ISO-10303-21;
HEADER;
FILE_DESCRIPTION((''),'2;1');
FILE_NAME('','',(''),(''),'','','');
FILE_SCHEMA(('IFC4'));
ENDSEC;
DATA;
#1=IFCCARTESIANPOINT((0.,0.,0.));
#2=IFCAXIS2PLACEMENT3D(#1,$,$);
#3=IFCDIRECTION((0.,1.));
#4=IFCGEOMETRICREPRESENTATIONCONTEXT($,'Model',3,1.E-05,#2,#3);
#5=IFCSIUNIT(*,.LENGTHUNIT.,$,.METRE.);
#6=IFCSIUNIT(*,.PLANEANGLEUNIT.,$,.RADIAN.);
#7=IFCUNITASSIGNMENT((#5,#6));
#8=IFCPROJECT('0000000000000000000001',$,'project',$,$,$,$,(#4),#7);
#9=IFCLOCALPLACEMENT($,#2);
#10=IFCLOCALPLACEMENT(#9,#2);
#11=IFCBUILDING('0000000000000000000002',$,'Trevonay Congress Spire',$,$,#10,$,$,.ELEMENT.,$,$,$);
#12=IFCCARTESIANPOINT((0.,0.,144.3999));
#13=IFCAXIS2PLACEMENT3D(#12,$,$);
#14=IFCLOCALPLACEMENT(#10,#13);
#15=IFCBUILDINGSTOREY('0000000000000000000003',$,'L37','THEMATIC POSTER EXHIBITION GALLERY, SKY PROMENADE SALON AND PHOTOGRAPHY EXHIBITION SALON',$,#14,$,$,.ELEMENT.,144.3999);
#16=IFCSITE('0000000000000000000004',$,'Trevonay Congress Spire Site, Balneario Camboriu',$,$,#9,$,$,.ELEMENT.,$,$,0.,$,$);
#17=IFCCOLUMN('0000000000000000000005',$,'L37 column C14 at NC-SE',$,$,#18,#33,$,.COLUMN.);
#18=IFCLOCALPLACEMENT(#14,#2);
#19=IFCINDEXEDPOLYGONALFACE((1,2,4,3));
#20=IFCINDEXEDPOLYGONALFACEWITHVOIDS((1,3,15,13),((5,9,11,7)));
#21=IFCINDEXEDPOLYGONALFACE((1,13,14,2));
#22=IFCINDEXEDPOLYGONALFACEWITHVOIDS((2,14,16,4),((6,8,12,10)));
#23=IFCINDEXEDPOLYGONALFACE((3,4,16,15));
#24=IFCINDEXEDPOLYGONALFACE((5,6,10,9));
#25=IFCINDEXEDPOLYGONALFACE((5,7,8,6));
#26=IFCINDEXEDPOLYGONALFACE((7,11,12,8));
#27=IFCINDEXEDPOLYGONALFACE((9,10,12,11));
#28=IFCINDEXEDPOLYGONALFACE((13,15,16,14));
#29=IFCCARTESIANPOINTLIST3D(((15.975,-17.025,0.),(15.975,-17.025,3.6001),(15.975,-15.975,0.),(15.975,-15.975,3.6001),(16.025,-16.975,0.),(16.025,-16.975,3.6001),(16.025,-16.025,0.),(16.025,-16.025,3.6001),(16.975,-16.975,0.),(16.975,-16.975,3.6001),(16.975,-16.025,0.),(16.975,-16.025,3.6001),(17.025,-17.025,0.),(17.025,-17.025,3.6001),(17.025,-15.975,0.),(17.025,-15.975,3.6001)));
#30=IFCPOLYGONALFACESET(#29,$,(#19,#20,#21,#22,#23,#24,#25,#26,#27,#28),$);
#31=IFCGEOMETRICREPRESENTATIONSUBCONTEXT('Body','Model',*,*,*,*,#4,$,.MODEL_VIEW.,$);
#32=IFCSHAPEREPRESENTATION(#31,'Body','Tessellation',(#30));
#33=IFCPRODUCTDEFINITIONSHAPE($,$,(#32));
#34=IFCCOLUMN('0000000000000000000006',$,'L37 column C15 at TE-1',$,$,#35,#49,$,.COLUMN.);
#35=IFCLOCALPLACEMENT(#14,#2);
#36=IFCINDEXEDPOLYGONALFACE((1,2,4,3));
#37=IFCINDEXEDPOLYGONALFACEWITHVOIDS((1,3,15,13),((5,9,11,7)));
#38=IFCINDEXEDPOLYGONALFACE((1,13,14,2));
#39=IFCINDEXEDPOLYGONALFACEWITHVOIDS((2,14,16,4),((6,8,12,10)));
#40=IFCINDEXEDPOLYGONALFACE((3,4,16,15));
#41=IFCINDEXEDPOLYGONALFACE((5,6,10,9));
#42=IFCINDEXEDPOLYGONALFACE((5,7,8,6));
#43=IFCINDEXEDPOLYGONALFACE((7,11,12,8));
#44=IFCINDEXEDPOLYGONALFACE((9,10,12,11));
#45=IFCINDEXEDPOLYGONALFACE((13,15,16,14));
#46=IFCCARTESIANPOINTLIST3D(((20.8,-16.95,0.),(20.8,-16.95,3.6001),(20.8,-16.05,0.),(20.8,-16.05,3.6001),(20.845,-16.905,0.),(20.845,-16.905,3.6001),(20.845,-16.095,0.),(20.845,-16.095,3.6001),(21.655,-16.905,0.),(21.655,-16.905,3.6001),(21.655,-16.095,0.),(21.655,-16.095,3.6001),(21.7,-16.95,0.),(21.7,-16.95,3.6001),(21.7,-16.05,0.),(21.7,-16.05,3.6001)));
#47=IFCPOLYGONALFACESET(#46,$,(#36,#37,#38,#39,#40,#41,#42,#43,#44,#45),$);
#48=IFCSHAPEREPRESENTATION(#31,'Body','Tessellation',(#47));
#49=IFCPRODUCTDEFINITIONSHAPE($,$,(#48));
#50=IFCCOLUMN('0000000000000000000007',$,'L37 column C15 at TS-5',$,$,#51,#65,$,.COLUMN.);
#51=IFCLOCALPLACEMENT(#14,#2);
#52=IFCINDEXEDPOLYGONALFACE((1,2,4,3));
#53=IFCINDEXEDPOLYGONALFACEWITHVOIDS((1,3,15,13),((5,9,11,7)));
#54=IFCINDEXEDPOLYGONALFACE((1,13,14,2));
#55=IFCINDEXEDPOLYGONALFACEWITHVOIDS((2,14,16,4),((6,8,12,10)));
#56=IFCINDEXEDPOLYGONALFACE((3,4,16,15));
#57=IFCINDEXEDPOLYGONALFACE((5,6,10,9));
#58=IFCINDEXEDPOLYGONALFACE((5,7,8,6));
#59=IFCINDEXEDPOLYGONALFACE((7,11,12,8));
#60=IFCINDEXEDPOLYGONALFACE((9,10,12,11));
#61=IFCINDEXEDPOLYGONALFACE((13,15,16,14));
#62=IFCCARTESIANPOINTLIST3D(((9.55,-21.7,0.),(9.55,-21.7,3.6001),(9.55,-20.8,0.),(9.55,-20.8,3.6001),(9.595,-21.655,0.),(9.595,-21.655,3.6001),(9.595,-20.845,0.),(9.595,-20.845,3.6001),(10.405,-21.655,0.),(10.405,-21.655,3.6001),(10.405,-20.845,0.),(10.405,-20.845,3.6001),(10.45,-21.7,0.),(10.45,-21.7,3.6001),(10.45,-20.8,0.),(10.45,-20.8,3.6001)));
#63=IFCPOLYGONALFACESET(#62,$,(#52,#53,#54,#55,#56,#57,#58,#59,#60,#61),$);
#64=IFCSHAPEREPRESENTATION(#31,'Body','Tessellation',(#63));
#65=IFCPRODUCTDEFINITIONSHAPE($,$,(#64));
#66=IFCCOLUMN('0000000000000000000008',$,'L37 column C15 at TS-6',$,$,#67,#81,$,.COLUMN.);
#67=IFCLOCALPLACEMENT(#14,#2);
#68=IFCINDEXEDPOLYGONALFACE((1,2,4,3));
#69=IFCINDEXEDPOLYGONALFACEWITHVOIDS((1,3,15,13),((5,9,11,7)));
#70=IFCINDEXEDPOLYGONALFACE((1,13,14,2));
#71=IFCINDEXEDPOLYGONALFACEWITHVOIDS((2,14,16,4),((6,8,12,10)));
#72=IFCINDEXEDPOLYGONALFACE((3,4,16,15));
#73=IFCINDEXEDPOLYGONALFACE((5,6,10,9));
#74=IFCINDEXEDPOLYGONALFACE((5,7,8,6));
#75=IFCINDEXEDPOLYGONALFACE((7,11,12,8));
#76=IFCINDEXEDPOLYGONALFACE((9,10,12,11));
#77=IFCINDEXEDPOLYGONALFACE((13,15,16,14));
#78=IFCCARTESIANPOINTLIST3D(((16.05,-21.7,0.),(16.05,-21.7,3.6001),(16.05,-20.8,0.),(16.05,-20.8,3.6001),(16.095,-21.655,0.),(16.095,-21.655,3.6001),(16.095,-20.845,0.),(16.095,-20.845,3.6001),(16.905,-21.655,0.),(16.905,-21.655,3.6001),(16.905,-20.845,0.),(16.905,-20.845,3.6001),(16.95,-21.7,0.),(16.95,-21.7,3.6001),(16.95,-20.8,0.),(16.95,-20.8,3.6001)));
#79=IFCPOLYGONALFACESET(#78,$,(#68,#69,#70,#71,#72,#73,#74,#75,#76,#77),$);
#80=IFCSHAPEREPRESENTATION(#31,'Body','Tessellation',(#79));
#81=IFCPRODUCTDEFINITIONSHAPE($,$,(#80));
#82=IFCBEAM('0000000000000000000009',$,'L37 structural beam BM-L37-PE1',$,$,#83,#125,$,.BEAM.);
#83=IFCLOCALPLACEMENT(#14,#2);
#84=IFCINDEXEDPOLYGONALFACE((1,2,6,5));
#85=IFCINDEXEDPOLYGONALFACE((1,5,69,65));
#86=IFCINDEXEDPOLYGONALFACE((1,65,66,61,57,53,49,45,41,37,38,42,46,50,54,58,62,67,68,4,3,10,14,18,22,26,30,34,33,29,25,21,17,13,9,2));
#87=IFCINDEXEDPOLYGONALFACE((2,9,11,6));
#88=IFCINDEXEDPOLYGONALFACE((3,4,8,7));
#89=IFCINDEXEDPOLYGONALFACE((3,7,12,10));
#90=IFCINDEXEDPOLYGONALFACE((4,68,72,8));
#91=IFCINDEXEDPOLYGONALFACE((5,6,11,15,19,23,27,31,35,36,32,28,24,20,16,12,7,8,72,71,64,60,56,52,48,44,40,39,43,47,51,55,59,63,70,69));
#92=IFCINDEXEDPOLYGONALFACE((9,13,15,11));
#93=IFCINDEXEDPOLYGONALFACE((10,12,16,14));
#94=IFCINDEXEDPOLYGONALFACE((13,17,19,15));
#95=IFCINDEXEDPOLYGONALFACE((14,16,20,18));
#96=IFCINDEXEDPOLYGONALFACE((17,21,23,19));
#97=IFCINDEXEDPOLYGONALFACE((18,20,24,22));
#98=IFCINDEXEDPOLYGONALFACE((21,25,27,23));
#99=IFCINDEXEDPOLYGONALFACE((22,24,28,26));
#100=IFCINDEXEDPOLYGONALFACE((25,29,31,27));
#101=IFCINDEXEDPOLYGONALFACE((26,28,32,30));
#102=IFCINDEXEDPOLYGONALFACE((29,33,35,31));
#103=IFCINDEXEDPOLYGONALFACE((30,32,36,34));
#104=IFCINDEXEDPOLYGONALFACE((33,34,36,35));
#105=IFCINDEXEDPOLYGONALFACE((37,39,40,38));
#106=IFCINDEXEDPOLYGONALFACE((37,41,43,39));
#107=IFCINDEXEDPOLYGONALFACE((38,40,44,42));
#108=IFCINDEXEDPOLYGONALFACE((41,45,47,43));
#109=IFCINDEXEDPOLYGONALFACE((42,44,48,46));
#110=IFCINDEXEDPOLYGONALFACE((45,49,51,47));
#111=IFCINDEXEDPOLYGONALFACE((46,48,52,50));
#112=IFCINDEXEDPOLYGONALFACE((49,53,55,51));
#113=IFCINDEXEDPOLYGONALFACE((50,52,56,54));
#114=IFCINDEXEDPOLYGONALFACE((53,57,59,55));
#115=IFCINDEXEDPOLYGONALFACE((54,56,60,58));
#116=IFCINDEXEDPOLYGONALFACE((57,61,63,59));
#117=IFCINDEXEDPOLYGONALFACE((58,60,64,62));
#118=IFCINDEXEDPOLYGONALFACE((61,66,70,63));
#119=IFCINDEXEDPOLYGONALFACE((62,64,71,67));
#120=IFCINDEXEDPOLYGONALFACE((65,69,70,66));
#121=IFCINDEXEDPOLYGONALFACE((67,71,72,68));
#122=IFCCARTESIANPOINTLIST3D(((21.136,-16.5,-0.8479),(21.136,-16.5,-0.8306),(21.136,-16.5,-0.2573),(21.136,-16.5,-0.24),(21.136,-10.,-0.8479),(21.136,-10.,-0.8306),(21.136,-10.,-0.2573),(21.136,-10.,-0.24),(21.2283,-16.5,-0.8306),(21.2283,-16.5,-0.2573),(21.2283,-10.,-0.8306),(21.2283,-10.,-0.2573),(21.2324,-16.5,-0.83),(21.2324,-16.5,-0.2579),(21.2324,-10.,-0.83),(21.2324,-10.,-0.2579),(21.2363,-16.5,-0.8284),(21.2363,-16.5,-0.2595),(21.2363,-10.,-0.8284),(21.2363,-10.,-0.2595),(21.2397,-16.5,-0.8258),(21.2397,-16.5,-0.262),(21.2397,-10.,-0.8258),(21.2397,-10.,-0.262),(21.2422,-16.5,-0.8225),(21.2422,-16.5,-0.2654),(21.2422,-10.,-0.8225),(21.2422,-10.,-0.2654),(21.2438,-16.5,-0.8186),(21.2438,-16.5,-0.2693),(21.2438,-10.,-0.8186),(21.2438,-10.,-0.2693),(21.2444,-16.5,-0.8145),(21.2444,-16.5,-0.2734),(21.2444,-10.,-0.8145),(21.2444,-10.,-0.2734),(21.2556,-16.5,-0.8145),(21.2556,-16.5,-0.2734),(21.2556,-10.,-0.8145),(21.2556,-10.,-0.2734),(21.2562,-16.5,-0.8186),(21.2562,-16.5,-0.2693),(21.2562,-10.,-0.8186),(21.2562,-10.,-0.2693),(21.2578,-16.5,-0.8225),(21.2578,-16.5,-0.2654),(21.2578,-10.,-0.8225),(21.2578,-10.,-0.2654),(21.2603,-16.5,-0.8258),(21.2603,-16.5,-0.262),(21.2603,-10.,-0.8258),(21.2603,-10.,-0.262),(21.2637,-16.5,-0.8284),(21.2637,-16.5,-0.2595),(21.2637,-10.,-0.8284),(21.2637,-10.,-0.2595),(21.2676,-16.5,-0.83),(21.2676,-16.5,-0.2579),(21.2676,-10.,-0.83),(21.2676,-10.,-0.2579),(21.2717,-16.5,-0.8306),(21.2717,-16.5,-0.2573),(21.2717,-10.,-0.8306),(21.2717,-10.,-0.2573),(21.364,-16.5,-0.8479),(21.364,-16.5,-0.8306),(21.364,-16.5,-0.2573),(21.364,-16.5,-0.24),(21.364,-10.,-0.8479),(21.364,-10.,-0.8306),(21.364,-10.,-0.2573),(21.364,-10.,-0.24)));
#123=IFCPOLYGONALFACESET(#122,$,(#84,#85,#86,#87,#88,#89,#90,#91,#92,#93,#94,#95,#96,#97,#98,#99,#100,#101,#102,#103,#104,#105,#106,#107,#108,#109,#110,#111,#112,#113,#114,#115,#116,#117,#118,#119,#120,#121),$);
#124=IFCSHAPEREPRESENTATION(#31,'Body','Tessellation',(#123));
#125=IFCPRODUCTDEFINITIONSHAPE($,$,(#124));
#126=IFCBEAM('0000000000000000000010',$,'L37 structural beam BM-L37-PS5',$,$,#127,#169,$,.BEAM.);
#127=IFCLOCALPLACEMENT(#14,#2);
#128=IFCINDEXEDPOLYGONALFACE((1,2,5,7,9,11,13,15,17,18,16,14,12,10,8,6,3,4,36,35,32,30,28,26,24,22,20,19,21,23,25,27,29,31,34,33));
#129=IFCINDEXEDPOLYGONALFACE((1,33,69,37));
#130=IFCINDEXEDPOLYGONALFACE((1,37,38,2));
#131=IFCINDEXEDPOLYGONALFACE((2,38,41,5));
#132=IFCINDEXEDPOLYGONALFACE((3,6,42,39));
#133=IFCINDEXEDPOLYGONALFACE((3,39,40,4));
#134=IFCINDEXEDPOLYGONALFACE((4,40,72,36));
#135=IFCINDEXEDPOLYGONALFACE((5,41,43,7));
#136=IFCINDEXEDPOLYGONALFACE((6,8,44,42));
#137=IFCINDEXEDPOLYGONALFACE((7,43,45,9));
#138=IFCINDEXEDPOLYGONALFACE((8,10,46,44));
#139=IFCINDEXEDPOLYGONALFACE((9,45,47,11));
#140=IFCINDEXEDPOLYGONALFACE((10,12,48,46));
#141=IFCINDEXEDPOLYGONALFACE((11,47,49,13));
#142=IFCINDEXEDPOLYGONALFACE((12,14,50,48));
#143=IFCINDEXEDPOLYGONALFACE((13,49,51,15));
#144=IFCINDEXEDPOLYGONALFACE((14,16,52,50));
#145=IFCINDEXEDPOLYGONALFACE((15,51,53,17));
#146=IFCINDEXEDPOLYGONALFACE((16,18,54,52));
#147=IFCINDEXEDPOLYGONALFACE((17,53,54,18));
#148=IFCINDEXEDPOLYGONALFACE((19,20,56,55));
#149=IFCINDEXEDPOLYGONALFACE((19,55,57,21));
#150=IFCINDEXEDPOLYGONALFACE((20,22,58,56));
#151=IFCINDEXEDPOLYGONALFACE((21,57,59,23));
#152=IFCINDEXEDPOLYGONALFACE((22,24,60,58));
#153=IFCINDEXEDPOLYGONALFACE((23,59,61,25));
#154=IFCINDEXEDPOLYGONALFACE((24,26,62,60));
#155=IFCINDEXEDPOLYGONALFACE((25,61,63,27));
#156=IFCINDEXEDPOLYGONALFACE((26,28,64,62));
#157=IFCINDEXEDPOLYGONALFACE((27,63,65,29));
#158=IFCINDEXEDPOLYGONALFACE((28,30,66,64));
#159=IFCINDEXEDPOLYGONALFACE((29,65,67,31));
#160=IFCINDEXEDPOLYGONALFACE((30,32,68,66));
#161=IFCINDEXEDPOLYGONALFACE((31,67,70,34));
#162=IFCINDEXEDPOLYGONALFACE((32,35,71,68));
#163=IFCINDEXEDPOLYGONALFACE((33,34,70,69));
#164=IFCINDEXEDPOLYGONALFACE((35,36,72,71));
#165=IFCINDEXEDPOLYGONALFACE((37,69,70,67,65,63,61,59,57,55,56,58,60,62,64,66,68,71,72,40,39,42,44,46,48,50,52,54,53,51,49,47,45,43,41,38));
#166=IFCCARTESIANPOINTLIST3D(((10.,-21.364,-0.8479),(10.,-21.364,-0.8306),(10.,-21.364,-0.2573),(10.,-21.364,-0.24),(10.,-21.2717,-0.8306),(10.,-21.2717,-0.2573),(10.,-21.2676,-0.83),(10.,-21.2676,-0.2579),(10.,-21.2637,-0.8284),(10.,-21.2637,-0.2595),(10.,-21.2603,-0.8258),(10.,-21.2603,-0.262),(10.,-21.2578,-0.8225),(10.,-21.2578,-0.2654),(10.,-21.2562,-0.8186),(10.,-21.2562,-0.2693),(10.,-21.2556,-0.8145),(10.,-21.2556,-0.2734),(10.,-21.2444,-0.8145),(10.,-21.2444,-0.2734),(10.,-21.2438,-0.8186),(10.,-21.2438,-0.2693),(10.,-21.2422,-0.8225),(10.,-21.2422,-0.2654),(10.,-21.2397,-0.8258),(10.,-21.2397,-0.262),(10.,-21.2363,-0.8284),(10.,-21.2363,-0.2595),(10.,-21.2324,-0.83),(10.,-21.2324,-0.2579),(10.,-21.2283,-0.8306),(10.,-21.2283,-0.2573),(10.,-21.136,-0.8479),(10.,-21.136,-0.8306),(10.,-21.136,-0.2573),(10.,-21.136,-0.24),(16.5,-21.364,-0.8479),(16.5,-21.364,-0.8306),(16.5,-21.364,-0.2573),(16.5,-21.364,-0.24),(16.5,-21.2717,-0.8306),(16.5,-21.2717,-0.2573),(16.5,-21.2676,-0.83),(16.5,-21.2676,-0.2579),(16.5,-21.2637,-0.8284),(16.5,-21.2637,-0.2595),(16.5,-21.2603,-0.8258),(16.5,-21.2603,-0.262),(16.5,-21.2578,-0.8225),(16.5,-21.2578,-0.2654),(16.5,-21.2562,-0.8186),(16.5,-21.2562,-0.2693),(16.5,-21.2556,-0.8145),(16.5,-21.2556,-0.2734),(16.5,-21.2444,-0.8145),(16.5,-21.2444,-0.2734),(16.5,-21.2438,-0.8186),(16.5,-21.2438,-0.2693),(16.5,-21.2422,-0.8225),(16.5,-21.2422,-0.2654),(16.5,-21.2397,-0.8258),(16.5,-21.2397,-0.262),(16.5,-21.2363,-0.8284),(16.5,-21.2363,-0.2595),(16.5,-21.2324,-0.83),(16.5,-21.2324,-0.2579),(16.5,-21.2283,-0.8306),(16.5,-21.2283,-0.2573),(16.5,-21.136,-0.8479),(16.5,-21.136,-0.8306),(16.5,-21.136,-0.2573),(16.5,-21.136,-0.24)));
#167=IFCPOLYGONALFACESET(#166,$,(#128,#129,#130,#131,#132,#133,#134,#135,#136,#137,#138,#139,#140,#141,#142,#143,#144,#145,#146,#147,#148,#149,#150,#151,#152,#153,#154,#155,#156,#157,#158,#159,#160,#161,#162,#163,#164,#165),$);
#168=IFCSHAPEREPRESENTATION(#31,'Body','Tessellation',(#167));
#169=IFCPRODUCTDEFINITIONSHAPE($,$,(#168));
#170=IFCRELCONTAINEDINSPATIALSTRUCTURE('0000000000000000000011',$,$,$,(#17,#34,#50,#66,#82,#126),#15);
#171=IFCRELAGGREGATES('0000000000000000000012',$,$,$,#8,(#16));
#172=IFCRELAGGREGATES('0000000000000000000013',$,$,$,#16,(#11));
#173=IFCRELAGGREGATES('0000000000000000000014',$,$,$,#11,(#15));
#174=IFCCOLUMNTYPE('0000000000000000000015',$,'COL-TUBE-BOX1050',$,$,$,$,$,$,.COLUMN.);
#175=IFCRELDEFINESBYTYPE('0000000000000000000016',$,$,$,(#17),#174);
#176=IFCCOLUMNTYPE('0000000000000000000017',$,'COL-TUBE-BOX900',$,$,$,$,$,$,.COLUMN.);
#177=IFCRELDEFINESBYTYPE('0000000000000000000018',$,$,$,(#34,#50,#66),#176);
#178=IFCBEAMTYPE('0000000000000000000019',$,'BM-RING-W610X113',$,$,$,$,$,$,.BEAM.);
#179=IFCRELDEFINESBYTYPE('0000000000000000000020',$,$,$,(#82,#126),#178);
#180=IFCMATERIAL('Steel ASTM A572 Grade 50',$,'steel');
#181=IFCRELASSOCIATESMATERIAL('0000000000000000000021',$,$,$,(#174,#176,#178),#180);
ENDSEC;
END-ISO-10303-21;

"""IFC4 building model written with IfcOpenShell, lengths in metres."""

from ifc_helpers import new_model, si_unit, direction, frame, origin, origin_2d, place, context, subcontext, project, spatial, hollow_rectangle, i_section, extrude, material, material_profile, profile_set, type_object, element, save


model = new_model("IFC4")

# Units and contexts
model_context = context("Model", 3, precision=1e-05, world=origin(), true_north=direction((0.0, 1.0)))
body_context = subcontext(model_context, "Body", "Model", "MODEL_VIEW")
ifc_project = project(units=[si_unit("LENGTHUNIT", "METRE"), si_unit("PLANEANGLEUNIT", "RADIAN")], contexts=[model_context])

# Site, building, storey
site_placement = place(None, origin())
site = spatial("IfcSite", under=ifc_project, at=site_placement, Name="Trevonay Congress Spire Site, Balneario Camboriu", CompositionType="ELEMENT", RefElevation=0.0)
building_placement = place(site_placement, origin())
building = spatial("IfcBuilding", under=site, at=building_placement, Name="Trevonay Congress Spire", CompositionType="ELEMENT")
storey_placement = place(building_placement, frame((0.0, 0.0, 144.3999)))
storey = spatial("IfcBuildingStorey", under=building, at=storey_placement, Name="L37", Description="THEMATIC POSTER EXHIBITION GALLERY, SKY PROMENADE SALON AND PHOTOGRAPHY EXHIBITION SALON", CompositionType="ELEMENT", Elevation=144.3999)

# Columns
ifc_material_1 = material(Name="Steel ASTM A572 Grade 50", Category="steel")
ifc_material_profile_1 = material_profile(ifc_material_1, hollow_rectangle(XDim=1.05, YDim=1.05, WallThickness=0.05, at=origin_2d()), Name="BOX 1050x1050x50")
ifc_profile_set_1 = profile_set([ifc_material_profile_1], Name="Steel ASTM A572 Grade 50")
column_type_1 = type_object("IfcColumnType", Name="COL-TUBE-BOX1050", PredefinedType="COLUMN", material=ifc_profile_set_1)
column_placement = place(storey_placement, frame((16.5, -16.5, 0.0), z_axis=(0.0, 0.0, 1.0), x_axis=(1.0, 0.0, 0.0)))
element("IfcColumn", 1, at=column_placement, inside=storey, type_object=column_type_1, Name="L37 column C14 at NC-SE", PredefinedType="COLUMN", context=body_context, shape_type="SweptSolid", body=[
    extrude(hollow_rectangle(XDim=1.05, YDim=1.05, WallThickness=0.05, at=origin_2d()), origin(), (0.0, 0.0, 1.0), 3.6001),
])
ifc_material_profile_2 = material_profile(ifc_material_1, hollow_rectangle(XDim=0.8999, YDim=0.8999, WallThickness=0.0449, at=origin_2d()), Name="BOX 900x900x45")
ifc_profile_set_2 = profile_set([ifc_material_profile_2], Name="Steel ASTM A572 Grade 50")
column_type_2 = type_object("IfcColumnType", Name="COL-TUBE-BOX900", PredefinedType="COLUMN", material=ifc_profile_set_2)
for number, where, z_axis, x_axis, name in (
    (2, (21.25, -16.5, 0.0), (0.0, 0.0, 1.0), (1.0, 0.0, 0.0), "L37 column C15 at TE-1"),
    (3, (10.0, -21.25, 0.0), (0.0, 0.0, 1.0), (1.0, 0.0, 0.0), "L37 column C15 at TS-5"),
    (4, (16.5, -21.25, 0.0), (0.0, 0.0, 1.0), (1.0, 0.0, 0.0), "L37 column C15 at TS-6"),
):
    element("IfcColumn", number, at=place(storey_placement, frame(where, z_axis=z_axis, x_axis=x_axis)), inside=storey, type_object=column_type_2, Name=name, PredefinedType="COLUMN", context=body_context, shape_type="SweptSolid", body=[
        extrude(hollow_rectangle(XDim=0.8999, YDim=0.8999, WallThickness=0.0449, at=origin_2d()), origin(), (0.0, 0.0, 1.0), 3.6001),
    ])

# Beams
ifc_material_profile_3 = material_profile(ifc_material_1, i_section(OverallWidth=0.228, OverallDepth=0.6079, WebThickness=0.0112, FlangeThickness=0.0173, FilletRadius=0.0161, at=origin_2d()), Name="W610x113")
ifc_profile_set_3 = profile_set([ifc_material_profile_3], Name="Steel ASTM A572 Grade 50")
beam_type_1 = type_object("IfcBeamType", Name="BM-RING-W610X113", PredefinedType="BEAM", material=ifc_profile_set_3)
for number, where, z_axis, x_axis, name in (
    (5, (21.25, -16.5, -0.5439), (0.0, 1.0, 0.0), (-1.0, 0.0, 0.0), "L37 structural beam BM-L37-PE1"),
    (6, (10.0, -21.25, -0.5439), (1.0, 0.0, 0.0), (0.0, 1.0, 0.0), "L37 structural beam BM-L37-PS5"),
):
    element("IfcBeam", number, at=place(storey_placement, frame(where, z_axis=z_axis, x_axis=x_axis)), inside=storey, type_object=beam_type_1, Name=name, PredefinedType="BEAM", context=body_context, shape_type="SweptSolid", body=[
        extrude(i_section(OverallWidth=0.228, OverallDepth=0.6079, WebThickness=0.0112, FlangeThickness=0.0173, FilletRadius=0.0161, at=origin_2d()), origin(), (0.0, 0.0, 1.0), 6.5),
    ])

save(model, "model.ifc")
